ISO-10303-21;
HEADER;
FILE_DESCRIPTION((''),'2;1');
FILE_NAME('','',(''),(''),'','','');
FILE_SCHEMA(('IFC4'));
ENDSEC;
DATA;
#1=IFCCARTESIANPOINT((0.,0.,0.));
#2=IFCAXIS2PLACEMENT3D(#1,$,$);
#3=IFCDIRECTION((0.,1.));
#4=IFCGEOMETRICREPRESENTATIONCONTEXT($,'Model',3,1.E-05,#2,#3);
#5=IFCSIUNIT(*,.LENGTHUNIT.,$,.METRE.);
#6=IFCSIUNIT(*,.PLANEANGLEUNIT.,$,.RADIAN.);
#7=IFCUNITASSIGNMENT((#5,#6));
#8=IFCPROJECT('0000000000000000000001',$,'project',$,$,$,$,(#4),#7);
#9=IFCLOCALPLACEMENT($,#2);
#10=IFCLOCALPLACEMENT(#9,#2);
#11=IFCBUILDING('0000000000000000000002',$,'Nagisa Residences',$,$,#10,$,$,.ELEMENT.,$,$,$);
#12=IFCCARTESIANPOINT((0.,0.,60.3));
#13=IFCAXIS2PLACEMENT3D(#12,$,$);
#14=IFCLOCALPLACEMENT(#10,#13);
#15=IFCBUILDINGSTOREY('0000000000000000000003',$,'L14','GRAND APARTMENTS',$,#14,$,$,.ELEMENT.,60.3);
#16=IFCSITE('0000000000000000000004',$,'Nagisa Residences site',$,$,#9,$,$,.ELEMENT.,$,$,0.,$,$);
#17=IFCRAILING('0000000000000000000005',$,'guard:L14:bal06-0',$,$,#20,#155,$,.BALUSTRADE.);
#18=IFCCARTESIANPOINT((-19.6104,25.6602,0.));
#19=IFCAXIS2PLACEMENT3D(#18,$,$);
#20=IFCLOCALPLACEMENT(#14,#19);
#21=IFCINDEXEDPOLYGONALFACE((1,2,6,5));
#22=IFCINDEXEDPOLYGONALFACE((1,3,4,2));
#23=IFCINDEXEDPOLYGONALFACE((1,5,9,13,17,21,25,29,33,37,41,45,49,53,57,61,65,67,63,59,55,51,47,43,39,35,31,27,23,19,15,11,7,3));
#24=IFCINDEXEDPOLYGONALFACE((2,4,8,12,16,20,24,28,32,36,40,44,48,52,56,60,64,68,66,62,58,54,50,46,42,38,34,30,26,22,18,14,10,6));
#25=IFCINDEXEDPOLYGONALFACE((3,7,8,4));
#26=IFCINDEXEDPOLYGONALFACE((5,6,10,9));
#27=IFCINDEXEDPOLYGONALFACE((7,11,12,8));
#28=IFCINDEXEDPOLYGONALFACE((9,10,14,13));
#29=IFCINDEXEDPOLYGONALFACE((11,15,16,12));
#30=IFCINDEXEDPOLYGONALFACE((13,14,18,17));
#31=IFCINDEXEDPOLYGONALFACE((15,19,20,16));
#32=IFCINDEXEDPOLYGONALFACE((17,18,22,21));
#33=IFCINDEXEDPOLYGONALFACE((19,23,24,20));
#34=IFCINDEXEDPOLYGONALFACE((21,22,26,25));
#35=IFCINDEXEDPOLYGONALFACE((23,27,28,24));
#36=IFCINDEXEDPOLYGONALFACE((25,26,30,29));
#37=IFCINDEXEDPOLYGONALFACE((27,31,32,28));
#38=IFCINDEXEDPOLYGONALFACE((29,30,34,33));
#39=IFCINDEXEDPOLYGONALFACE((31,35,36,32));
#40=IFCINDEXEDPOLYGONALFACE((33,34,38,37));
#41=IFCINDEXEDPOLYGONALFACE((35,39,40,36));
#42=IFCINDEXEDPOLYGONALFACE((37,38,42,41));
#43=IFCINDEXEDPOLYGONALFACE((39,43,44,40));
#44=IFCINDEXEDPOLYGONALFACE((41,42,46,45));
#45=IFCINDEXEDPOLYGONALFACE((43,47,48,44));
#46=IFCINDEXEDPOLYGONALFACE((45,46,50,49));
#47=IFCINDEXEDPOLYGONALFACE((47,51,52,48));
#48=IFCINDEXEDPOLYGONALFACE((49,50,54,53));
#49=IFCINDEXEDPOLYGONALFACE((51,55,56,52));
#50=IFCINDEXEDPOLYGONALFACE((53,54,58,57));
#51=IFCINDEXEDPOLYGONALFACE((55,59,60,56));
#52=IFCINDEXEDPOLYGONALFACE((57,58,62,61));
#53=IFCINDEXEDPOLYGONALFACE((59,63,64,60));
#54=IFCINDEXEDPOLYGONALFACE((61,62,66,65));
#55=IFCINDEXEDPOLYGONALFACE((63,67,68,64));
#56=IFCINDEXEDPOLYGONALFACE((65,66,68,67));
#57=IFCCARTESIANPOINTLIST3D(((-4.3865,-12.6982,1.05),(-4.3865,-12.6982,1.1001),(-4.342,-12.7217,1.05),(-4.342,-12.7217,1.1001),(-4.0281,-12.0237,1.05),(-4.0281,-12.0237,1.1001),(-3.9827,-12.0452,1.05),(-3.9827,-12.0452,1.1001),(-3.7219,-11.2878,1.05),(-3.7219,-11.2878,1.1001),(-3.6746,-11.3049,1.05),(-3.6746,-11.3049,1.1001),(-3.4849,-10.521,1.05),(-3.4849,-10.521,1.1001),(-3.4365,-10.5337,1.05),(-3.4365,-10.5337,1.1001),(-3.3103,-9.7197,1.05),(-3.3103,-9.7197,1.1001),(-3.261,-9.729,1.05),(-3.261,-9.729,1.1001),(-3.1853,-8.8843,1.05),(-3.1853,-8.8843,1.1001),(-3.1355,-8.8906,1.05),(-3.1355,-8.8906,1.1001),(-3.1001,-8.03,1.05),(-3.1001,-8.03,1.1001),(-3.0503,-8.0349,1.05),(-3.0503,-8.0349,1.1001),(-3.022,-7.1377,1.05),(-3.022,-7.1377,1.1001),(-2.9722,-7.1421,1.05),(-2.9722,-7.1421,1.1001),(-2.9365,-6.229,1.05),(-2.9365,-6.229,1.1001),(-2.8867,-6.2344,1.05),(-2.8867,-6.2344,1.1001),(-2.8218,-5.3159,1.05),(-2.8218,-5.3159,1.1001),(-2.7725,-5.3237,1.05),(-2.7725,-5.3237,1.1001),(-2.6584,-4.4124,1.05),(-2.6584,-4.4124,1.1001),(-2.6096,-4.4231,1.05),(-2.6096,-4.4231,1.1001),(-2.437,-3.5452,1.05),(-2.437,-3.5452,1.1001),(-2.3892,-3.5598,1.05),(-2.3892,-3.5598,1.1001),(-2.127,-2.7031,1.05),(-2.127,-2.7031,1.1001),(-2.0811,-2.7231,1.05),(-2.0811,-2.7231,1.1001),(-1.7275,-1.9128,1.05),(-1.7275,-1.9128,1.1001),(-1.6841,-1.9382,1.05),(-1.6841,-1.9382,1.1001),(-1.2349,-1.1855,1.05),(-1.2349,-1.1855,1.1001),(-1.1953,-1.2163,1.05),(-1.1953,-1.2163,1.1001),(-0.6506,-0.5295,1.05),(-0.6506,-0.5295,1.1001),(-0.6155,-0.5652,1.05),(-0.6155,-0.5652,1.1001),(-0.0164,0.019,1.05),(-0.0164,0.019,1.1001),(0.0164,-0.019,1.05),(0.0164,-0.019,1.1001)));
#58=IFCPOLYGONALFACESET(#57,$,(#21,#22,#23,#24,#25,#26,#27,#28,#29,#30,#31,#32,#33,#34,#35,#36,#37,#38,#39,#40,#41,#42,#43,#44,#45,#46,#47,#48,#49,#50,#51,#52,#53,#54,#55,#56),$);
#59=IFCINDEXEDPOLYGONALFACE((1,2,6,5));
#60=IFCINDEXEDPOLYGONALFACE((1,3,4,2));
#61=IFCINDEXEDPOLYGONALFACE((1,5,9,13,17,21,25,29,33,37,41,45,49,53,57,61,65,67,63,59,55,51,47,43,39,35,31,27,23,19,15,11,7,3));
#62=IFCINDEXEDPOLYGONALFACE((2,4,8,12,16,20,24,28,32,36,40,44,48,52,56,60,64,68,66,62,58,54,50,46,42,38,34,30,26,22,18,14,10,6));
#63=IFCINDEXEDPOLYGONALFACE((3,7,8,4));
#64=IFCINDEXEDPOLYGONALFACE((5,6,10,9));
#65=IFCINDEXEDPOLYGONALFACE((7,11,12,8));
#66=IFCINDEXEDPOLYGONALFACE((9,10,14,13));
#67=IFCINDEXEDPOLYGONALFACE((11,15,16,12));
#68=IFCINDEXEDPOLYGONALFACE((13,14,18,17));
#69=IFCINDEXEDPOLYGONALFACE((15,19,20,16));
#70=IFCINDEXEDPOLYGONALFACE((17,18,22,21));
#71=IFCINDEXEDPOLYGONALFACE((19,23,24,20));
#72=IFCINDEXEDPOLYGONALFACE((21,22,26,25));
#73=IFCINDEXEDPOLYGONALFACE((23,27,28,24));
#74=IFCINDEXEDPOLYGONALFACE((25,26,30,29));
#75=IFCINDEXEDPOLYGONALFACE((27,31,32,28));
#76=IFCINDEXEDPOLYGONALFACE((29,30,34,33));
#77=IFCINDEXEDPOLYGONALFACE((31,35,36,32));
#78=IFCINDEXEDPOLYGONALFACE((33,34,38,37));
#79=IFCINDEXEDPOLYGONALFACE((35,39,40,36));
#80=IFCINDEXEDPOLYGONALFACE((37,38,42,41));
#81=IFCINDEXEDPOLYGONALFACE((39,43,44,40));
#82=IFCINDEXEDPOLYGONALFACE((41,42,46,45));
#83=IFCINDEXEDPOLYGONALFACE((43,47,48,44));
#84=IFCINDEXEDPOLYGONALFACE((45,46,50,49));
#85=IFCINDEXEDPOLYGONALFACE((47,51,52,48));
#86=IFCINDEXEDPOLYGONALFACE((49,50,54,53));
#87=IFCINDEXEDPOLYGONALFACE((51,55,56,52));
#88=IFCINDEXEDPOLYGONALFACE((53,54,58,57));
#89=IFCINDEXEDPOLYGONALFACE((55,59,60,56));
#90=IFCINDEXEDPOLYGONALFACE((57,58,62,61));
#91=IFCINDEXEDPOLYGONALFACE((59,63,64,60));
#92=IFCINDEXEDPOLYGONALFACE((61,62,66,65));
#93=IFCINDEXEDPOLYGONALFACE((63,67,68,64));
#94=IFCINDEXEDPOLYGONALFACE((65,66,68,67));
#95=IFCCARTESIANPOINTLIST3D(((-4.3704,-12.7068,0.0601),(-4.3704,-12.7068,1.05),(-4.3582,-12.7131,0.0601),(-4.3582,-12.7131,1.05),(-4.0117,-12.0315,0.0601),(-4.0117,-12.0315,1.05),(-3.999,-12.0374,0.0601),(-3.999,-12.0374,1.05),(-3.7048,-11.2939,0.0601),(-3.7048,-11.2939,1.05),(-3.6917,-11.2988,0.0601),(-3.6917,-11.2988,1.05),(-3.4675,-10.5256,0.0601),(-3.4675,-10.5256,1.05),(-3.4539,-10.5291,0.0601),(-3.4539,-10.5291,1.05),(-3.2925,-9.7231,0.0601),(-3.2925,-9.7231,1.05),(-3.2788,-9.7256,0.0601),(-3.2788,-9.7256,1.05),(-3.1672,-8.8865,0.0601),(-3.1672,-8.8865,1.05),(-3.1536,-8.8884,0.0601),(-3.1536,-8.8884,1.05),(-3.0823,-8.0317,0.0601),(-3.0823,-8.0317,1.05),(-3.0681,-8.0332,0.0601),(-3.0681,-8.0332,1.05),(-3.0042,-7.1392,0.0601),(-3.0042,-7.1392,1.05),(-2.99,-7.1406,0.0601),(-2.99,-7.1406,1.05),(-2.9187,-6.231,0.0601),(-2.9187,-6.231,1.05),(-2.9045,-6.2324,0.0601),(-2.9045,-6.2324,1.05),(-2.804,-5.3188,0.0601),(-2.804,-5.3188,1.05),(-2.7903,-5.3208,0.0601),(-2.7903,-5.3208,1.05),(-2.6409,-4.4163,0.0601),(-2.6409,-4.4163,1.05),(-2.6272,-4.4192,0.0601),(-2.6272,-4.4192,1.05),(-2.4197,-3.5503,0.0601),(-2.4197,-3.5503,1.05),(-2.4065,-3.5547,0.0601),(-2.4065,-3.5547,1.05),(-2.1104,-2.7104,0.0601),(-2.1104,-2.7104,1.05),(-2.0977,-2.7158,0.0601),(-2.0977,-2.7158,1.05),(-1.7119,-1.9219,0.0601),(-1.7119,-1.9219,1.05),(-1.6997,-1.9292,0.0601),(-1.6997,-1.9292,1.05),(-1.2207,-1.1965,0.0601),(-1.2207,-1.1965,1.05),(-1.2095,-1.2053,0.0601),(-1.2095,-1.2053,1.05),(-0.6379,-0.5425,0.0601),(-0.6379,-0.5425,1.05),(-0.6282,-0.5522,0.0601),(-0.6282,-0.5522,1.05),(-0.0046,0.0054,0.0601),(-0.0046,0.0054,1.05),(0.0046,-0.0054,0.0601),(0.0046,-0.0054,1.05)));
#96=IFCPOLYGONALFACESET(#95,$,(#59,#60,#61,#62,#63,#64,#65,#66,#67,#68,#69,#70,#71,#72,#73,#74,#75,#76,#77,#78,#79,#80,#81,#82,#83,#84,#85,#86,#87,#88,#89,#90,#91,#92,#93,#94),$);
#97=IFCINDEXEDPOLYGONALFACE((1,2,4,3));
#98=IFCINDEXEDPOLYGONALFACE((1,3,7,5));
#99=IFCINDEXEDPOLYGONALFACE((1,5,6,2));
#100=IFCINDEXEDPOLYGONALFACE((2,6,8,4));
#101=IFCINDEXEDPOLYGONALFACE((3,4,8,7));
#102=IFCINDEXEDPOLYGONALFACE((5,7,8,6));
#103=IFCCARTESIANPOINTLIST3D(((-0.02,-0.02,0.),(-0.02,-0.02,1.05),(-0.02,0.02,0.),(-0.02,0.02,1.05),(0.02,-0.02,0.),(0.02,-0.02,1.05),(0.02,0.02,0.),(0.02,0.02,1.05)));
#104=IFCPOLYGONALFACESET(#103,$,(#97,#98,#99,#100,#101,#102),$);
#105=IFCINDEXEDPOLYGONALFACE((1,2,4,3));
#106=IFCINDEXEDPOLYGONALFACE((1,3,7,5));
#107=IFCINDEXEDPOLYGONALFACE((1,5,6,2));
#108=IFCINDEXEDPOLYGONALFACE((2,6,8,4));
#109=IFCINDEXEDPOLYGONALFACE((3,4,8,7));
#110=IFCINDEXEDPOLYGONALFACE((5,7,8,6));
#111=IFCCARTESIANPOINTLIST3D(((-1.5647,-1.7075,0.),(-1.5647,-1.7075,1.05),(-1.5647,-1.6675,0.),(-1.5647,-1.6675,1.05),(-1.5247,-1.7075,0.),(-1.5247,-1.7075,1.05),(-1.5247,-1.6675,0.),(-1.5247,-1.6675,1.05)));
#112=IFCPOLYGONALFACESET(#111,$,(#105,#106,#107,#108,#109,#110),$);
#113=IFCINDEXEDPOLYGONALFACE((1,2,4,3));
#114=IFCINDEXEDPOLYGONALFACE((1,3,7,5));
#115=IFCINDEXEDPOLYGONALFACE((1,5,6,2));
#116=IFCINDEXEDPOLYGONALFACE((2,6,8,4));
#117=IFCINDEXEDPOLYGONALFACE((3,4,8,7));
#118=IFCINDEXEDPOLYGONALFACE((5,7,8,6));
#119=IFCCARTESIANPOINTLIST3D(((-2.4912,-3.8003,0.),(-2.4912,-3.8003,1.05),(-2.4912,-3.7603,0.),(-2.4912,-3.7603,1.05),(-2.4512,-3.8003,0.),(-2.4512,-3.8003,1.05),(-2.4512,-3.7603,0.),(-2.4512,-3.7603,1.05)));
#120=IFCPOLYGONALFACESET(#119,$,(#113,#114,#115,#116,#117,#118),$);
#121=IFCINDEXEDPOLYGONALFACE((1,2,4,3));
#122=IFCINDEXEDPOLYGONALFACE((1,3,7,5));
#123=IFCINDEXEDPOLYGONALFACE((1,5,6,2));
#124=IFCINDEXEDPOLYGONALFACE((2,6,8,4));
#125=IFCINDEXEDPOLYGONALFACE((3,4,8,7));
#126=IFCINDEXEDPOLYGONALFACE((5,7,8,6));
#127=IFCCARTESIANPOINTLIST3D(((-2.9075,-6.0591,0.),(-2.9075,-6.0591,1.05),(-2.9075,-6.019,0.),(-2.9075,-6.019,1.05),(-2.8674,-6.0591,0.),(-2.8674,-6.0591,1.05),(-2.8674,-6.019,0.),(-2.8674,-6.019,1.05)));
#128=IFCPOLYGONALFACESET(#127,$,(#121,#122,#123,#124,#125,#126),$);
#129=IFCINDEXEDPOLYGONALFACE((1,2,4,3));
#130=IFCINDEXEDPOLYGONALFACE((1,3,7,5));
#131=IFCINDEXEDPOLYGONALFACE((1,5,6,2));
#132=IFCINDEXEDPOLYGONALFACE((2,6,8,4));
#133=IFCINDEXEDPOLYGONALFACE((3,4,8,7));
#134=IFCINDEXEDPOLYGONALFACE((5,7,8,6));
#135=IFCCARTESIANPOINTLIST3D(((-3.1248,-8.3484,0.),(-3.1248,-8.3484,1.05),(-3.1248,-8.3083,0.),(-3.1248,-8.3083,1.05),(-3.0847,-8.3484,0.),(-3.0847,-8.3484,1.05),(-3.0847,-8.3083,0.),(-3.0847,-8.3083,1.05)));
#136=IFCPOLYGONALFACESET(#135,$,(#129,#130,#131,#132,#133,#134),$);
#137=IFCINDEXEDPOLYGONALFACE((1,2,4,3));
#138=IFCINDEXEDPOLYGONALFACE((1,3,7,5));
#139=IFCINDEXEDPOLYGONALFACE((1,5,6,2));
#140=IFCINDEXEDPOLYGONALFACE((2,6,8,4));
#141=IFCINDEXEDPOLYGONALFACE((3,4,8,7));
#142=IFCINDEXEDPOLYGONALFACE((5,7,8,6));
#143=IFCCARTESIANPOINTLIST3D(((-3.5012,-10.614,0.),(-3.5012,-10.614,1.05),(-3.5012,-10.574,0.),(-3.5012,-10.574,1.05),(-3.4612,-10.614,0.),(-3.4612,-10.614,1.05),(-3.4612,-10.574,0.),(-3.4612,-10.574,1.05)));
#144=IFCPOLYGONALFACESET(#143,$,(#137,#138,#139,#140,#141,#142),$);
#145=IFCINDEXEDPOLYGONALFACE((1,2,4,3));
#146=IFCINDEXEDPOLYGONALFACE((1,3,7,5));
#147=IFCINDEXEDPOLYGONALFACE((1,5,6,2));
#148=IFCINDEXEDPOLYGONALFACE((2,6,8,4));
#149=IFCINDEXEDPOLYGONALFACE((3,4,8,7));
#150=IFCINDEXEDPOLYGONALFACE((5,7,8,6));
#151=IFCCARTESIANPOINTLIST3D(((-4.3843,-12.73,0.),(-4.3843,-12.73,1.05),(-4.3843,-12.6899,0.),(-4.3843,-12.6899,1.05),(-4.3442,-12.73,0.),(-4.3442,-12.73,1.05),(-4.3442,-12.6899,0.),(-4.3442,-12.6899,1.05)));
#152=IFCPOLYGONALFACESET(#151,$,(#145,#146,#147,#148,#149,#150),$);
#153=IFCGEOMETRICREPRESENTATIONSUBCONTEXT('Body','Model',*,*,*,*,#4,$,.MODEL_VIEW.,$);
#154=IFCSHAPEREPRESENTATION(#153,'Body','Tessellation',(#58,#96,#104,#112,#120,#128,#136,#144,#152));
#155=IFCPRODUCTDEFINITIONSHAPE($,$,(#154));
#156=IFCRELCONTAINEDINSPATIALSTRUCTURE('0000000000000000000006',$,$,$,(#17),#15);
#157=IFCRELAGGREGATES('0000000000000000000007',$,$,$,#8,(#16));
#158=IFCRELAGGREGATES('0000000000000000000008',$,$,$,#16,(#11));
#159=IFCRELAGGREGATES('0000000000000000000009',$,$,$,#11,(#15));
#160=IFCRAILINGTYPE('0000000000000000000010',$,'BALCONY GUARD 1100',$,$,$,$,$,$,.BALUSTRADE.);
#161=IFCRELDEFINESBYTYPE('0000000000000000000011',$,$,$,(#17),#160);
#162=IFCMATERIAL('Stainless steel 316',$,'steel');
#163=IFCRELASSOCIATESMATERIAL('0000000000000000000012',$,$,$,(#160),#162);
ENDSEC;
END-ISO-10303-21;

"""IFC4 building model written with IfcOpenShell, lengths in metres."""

from ifc_helpers import new_model, si_unit, direction, frame, origin, origin_2d, place, context, subcontext, project, spatial, polyline, rectangle, outline, extrude, material, type_object, element, save


model = new_model("IFC4")

# Units and contexts
model_context = context("Model", 3, precision=1e-05, world=origin(), true_north=direction((0.0, 1.0)))
body_context = subcontext(model_context, "Body", "Model", "MODEL_VIEW")
ifc_project = project(units=[si_unit("LENGTHUNIT", "METRE"), si_unit("PLANEANGLEUNIT", "RADIAN")], contexts=[model_context])

# Site, building, storey
site_placement = place(None, origin())
site = spatial("IfcSite", under=ifc_project, at=site_placement, Name="Nagisa Residences site", CompositionType="ELEMENT", RefElevation=0.0)
building_placement = place(site_placement, origin())
building = spatial("IfcBuilding", under=site, at=building_placement, Name="Nagisa Residences", CompositionType="ELEMENT")
storey_placement = place(building_placement, frame((0.0, 0.0, 60.3)))
storey = spatial("IfcBuildingStorey", under=building, at=storey_placement, Name="L14", Description="GRAND APARTMENTS", CompositionType="ELEMENT", Elevation=60.3)

# Railing
ifc_material_1 = material(Name="Stainless steel 316", Category="steel")
railing_type = type_object("IfcRailingType", Name="BALCONY GUARD 1100", PredefinedType="BALUSTRADE", material=ifc_material_1)
railing_1_placement = place(storey_placement, frame((-19.6104, 25.6602, 0.0)))
element("IfcRailing", 1, at=railing_1_placement, inside=storey, type_object=railing_type, Name="guard:L14:bal06-0", PredefinedType="BALUSTRADE", context=body_context, shape_type="SweptSolid", body=[
    extrude(outline(polyline([(-0.6155, -0.5652), (0.0164, -0.019), (-0.0164, 0.019), (-0.6506, -0.5295), (-1.2349, -1.1855), (-1.7275, -1.9128), (-2.127, -2.7031), (-2.437, -3.5452), (-2.6584, -4.4124), (-2.8218, -5.3159), (-2.9365, -6.229), (-3.022, -7.1377), (-3.1001, -8.03), (-3.1853, -8.8843), (-3.3103, -9.7197), (-3.4849, -10.521), (-3.7219, -11.2878), (-4.0281, -12.0237), (-4.3865, -12.6982), (-4.342, -12.7217), (-3.9827, -12.0452), (-3.6746, -11.3049), (-3.4365, -10.5337), (-3.261, -9.729), (-3.1355, -8.8906), (-3.0503, -8.0349), (-2.9722, -7.1421), (-2.8867, -6.2344), (-2.7725, -5.3237), (-2.6096, -4.4231), (-2.3892, -3.5598), (-2.0811, -2.7231), (-1.6841, -1.9382), (-1.1953, -1.2163), (-0.6155, -0.5652)])), frame((0.0, 0.0, 1.05)), (0.0, 0.0, 1.0), 0.05),
    extrude(outline(polyline([(-0.6282, -0.5522), (0.0046, -0.0054), (-0.0046, 0.0054), (-0.6379, -0.5425), (-1.2207, -1.1965), (-1.7119, -1.9219), (-2.1104, -2.7104), (-2.4197, -3.5503), (-2.6409, -4.4163), (-2.804, -5.3188), (-2.9187, -6.231), (-3.0042, -7.1392), (-3.0823, -8.0317), (-3.1672, -8.8865), (-3.2925, -9.7231), (-3.4675, -10.5256), (-3.7048, -11.2939), (-4.0117, -12.0315), (-4.3704, -12.7068), (-4.3582, -12.7131), (-3.999, -12.0374), (-3.6917, -11.2988), (-3.4539, -10.5291), (-3.2788, -9.7256), (-3.1536, -8.8884), (-3.0681, -8.0332), (-2.99, -7.1406), (-2.9045, -6.2324), (-2.7903, -5.3208), (-2.6272, -4.4192), (-2.4065, -3.5547), (-2.0977, -2.7158), (-1.6997, -1.9292), (-1.2095, -1.2053), (-0.6282, -0.5522)])), frame((0.0, 0.0, 0.0601)), (0.0, 0.0, 1.0), 0.99),
    extrude(rectangle(XDim=0.04, YDim=0.04, at=origin_2d()), origin(), (0.0, 0.0, 1.0), 1.05),
    extrude(rectangle(XDim=0.04, YDim=0.04, at=origin_2d()), frame((-1.5447, -1.6875, 0.0)), (0.0, 0.0, 1.0), 1.05),
    extrude(rectangle(XDim=0.04, YDim=0.04, at=origin_2d()), frame((-2.4712, -3.7803, 0.0)), (0.0, 0.0, 1.0), 1.05),
    extrude(rectangle(XDim=0.04, YDim=0.04, at=origin_2d()), frame((-2.8875, -6.0391, 0.0)), (0.0, 0.0, 1.0), 1.05),
    extrude(rectangle(XDim=0.04, YDim=0.04, at=origin_2d()), frame((-3.1047, -8.3284, 0.0)), (0.0, 0.0, 1.0), 1.05),
    extrude(rectangle(XDim=0.04, YDim=0.04, at=origin_2d()), frame((-3.4812, -10.594, 0.0)), (0.0, 0.0, 1.0), 1.05),
    extrude(rectangle(XDim=0.04, YDim=0.04, at=origin_2d()), frame((-4.3643, -12.71, 0.0)), (0.0, 0.0, 1.0), 1.05),
])

save(model, "model.ifc")
